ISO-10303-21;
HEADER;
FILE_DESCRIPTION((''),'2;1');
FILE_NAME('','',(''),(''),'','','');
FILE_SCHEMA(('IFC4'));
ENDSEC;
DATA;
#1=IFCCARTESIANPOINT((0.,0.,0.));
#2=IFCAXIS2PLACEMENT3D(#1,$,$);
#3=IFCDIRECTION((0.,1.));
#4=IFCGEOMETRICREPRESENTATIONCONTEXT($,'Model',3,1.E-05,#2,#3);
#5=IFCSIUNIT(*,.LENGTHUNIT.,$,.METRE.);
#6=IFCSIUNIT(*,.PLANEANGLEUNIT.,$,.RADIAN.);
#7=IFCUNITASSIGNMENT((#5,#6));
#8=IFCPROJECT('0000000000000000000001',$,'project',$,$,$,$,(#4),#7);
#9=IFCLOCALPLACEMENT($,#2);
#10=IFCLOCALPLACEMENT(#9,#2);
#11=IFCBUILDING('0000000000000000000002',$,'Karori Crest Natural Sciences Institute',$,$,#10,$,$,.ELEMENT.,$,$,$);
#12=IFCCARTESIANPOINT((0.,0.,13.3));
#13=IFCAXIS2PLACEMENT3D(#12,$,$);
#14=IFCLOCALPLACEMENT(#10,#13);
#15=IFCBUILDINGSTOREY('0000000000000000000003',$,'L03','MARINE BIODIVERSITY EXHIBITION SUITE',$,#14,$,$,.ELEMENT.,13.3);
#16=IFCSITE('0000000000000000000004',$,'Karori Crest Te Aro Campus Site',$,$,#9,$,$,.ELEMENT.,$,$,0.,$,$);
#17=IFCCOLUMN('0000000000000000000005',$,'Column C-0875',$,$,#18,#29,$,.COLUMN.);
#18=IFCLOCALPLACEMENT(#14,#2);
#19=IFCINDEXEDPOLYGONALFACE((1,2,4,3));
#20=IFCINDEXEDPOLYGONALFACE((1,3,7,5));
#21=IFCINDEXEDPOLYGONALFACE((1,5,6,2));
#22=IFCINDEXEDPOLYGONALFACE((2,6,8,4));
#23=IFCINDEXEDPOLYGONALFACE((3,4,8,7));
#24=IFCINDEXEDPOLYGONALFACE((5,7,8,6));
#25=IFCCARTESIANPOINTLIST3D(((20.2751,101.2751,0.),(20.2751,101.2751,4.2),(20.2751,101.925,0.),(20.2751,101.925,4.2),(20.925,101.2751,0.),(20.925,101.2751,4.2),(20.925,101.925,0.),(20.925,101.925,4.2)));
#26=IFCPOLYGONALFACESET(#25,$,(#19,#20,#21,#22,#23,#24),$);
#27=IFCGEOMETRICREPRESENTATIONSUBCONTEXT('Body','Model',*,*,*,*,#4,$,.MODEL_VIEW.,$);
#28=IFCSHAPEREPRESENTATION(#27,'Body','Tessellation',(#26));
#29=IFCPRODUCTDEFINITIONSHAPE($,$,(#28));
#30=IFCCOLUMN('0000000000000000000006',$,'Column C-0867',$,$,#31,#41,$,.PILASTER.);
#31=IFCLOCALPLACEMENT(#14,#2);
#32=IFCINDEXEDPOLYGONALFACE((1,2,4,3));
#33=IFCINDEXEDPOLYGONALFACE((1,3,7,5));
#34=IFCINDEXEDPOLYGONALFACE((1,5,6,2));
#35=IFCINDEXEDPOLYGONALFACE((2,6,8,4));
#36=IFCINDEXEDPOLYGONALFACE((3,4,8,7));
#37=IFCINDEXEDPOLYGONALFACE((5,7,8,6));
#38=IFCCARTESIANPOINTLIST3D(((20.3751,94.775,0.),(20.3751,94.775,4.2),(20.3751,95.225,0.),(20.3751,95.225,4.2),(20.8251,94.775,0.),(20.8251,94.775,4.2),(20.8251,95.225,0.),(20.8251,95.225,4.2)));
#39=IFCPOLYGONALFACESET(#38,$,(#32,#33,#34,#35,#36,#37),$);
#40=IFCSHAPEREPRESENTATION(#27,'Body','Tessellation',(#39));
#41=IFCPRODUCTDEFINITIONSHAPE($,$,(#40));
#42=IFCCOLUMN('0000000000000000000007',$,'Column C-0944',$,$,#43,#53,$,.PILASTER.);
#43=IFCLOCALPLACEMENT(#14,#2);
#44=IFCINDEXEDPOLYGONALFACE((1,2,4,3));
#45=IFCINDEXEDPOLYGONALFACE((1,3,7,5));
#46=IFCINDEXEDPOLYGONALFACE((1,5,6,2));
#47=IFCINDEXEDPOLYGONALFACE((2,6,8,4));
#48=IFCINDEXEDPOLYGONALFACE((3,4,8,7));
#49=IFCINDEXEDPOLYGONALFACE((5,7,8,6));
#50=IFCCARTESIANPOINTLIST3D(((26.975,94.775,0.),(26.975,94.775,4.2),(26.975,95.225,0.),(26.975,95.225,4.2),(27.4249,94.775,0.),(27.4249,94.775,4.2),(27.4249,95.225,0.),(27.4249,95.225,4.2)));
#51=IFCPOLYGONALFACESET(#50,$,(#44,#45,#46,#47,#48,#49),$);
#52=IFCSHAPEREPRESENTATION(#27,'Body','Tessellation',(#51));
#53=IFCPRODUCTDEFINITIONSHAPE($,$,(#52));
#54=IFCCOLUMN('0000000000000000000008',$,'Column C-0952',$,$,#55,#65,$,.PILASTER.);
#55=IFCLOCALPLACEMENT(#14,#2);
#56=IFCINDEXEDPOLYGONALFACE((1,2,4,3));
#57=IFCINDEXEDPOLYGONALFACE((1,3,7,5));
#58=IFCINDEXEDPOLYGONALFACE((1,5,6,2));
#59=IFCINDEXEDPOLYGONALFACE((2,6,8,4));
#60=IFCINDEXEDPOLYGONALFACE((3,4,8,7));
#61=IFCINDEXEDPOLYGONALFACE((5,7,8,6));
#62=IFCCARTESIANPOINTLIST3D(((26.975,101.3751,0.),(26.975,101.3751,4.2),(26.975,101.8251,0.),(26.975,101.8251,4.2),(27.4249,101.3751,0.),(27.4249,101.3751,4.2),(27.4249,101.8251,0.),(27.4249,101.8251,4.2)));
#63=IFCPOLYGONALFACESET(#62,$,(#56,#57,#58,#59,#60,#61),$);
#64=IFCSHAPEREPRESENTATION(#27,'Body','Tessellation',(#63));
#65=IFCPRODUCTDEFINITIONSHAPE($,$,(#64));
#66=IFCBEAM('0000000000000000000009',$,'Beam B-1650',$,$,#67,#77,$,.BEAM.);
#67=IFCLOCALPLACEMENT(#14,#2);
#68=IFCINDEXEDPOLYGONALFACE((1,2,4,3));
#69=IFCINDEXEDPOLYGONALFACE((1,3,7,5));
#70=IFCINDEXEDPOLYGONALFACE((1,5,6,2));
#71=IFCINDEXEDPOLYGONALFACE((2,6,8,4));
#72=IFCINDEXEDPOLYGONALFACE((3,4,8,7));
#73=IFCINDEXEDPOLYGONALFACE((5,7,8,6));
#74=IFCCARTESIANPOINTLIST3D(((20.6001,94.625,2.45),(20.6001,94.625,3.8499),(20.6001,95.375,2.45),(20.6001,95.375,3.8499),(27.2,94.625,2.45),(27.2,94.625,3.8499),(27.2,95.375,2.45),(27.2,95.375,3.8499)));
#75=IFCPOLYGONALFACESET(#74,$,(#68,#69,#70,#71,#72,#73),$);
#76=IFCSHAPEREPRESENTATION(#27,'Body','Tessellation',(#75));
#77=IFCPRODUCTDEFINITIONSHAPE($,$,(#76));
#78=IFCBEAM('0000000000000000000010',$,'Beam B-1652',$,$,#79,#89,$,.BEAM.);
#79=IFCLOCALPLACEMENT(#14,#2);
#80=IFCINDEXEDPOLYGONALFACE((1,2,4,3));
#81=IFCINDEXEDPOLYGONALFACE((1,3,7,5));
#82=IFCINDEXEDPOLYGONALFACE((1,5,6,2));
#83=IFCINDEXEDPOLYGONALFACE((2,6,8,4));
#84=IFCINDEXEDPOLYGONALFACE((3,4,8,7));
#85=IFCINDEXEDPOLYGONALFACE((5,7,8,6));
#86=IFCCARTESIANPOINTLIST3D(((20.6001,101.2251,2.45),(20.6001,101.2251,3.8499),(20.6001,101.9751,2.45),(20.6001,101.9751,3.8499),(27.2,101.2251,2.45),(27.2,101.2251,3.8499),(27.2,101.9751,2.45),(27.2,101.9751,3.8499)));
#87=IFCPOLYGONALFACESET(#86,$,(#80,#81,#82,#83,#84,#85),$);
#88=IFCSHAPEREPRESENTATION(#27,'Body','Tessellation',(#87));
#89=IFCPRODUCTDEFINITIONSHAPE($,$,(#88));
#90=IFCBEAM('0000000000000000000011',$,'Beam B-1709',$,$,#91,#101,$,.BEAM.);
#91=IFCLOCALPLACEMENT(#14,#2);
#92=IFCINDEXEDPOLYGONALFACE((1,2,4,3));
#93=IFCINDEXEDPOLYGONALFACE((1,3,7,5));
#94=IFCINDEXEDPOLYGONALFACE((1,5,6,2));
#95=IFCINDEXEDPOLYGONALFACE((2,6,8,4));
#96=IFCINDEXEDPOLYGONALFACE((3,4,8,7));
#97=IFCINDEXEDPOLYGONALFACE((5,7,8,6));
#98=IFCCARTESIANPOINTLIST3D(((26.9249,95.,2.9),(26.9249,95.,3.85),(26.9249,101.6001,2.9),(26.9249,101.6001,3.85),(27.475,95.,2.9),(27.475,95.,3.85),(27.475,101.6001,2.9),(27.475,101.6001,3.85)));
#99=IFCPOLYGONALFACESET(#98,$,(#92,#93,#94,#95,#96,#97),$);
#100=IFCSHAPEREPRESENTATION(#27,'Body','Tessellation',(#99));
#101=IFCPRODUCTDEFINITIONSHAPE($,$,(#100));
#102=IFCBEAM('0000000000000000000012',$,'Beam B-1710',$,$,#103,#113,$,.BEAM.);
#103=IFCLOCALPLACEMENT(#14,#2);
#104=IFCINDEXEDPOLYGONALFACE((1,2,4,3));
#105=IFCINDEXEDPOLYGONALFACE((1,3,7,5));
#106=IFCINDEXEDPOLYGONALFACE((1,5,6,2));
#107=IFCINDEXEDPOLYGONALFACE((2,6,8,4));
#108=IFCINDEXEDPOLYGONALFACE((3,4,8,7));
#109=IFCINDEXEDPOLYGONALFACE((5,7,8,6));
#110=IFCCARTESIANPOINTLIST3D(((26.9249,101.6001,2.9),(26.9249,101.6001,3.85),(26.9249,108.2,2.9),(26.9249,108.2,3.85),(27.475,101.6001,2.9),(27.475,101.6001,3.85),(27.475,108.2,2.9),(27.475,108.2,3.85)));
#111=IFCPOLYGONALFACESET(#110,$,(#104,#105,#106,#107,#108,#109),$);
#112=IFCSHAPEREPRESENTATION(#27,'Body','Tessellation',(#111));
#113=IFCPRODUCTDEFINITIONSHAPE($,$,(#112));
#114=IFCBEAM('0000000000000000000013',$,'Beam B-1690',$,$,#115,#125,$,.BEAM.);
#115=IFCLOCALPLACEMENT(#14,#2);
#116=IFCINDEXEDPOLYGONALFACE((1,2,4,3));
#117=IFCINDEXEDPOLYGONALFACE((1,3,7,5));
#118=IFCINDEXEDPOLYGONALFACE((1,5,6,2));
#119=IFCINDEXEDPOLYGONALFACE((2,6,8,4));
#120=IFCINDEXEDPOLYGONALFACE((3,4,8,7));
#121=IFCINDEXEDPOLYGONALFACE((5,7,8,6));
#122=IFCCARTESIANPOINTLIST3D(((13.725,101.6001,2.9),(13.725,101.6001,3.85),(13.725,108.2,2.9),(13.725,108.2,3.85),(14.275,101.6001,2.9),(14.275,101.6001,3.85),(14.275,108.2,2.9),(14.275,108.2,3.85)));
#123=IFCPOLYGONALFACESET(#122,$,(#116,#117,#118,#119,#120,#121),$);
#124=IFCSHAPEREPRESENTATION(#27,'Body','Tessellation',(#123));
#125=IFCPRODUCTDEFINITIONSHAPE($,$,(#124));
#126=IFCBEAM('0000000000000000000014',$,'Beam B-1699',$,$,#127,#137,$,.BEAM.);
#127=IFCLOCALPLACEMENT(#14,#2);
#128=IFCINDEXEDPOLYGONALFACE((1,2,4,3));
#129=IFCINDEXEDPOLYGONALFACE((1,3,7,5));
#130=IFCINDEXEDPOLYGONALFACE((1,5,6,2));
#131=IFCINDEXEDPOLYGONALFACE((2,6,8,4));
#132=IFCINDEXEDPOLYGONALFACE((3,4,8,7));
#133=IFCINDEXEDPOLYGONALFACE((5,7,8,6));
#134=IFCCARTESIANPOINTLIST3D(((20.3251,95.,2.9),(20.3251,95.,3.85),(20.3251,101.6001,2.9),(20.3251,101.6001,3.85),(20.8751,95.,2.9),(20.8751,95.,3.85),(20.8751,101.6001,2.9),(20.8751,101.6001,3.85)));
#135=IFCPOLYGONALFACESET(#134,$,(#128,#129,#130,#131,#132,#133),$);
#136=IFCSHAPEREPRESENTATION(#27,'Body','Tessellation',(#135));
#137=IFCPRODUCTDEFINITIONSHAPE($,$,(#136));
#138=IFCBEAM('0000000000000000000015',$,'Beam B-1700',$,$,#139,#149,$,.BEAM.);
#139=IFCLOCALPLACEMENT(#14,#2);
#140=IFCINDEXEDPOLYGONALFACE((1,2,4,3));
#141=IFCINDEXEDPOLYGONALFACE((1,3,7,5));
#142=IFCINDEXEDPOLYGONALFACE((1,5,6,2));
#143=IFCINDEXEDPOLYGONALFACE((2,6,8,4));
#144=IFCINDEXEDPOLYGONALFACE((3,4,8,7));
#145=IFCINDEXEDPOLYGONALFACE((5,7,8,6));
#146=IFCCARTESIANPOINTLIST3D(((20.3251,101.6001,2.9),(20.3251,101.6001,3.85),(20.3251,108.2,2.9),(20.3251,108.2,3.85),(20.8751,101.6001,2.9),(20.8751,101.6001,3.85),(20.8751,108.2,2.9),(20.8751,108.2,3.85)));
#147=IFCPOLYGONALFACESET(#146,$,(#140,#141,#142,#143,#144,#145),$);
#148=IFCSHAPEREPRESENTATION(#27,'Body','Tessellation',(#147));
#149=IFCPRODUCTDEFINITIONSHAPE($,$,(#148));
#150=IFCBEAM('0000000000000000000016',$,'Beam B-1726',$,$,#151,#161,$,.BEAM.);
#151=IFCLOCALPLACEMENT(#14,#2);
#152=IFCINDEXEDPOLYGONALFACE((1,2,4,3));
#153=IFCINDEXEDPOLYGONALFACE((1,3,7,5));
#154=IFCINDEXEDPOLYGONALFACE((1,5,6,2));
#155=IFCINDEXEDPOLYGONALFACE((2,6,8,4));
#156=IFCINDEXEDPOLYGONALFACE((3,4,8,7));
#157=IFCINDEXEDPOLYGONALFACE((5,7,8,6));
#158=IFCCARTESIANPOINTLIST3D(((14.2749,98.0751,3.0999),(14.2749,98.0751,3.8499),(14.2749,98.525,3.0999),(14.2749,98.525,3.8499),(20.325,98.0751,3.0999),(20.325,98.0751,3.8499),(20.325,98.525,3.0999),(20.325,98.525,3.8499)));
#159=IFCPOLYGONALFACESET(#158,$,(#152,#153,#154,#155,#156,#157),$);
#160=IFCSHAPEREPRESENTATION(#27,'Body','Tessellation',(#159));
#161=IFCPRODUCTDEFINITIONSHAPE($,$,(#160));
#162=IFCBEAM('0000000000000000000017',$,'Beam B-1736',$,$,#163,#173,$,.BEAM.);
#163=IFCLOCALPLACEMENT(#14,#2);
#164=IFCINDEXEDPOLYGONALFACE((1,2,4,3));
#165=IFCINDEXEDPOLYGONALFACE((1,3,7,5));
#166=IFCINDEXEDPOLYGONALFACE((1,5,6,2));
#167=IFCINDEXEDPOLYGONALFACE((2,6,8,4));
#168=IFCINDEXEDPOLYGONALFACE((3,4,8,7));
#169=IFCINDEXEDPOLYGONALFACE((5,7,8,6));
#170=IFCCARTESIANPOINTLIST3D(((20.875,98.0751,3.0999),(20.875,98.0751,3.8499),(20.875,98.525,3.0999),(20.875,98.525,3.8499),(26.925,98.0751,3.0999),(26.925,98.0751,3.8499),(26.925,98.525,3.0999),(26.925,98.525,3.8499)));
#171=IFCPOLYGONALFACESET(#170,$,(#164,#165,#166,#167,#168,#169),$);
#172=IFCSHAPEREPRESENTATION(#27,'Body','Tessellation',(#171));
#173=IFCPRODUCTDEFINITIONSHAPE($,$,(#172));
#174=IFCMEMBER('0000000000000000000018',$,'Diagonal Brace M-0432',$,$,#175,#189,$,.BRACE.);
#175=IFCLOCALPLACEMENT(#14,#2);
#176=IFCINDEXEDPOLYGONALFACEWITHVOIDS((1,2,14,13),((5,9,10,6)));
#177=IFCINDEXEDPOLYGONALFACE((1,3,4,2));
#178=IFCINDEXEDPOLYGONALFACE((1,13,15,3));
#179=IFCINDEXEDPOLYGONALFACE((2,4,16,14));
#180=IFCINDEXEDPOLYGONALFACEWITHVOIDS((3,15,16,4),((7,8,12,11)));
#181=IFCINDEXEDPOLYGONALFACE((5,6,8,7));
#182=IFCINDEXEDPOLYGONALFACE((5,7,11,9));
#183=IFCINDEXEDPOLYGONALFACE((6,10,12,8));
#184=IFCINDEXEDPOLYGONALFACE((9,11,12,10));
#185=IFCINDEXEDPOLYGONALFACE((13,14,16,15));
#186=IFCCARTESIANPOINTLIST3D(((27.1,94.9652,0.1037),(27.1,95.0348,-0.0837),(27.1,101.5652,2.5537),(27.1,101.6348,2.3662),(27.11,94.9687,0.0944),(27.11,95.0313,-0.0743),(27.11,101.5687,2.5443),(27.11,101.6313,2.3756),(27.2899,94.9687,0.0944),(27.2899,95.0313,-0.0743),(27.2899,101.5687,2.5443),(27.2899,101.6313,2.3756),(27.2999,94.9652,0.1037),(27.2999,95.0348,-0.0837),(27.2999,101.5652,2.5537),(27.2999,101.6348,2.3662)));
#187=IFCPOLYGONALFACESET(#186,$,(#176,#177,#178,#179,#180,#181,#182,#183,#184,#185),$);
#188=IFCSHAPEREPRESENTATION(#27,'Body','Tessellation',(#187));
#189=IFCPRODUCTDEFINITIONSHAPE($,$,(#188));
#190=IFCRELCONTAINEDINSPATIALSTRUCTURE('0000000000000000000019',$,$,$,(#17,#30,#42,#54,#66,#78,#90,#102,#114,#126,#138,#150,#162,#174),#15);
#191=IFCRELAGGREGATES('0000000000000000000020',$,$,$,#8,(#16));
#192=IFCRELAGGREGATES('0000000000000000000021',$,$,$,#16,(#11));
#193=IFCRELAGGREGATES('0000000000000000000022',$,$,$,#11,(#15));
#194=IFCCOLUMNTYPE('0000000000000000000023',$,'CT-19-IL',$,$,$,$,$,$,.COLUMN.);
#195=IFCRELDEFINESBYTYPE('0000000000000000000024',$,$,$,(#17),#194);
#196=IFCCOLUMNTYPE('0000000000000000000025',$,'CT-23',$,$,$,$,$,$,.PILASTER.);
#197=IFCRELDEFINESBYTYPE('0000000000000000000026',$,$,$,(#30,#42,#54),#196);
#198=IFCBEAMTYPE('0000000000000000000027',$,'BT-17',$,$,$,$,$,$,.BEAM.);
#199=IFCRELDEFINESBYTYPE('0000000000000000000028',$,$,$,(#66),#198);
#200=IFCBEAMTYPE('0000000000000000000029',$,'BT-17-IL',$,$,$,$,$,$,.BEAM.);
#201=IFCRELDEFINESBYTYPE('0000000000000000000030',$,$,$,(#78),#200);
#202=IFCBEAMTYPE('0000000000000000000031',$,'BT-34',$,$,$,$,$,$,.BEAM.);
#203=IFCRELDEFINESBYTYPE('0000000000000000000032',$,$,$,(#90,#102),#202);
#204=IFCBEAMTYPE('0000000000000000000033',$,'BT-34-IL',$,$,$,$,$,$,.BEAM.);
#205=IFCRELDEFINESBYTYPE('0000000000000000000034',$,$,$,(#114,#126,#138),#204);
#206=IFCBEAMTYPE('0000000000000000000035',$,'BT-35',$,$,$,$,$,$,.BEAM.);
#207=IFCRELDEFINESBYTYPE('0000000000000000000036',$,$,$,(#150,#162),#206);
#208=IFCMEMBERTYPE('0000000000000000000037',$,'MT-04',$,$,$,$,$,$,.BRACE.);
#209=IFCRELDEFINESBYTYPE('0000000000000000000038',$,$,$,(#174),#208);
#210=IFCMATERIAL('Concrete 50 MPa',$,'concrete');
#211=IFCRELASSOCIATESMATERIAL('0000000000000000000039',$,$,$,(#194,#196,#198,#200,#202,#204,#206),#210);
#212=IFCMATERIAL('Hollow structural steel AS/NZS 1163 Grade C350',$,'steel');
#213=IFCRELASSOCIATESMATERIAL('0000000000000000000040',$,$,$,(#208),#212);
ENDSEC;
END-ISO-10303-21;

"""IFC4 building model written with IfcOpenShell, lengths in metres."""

from ifc_helpers import new_model, si_unit, direction, frame, origin, origin_2d, place, context, subcontext, project, spatial, rectangle, hollow_rectangle, extrude, material, material_profile, profile_set, type_object, element, save


model = new_model("IFC4")

# Units and contexts
model_context = context("Model", 3, precision=1e-05, world=origin(), true_north=direction((0.0, 1.0)))
body_context = subcontext(model_context, "Body", "Model", "MODEL_VIEW")
ifc_project = project(units=[si_unit("LENGTHUNIT", "METRE"), si_unit("PLANEANGLEUNIT", "RADIAN")], contexts=[model_context])

# Site, building, storey
site_placement = place(None, origin())
site = spatial("IfcSite", under=ifc_project, at=site_placement, Name="Karori Crest Te Aro Campus Site", CompositionType="ELEMENT", RefElevation=0.0)
building_placement = place(site_placement, origin())
building = spatial("IfcBuilding", under=site, at=building_placement, Name="Karori Crest Natural Sciences Institute", CompositionType="ELEMENT")
storey_placement = place(building_placement, frame((0.0, 0.0, 13.3)))
storey = spatial("IfcBuildingStorey", under=building, at=storey_placement, Name="L03", Description="MARINE BIODIVERSITY EXHIBITION SUITE", CompositionType="ELEMENT", Elevation=13.3)

# Columns
ifc_material_1 = material(Name="Concrete 50 MPa", Category="concrete")
ifc_material_profile_1 = material_profile(ifc_material_1, rectangle(XDim=0.6499, YDim=0.6499, at=origin_2d()), Name="RC650x650")
ifc_profile_set_1 = profile_set([ifc_material_profile_1], Name="Concrete 50 MPa")
column_type_1 = type_object("IfcColumnType", Name="CT-19-IL", PredefinedType="COLUMN", material=ifc_profile_set_1)
column_placement = place(storey_placement, frame((20.6001, 101.6001, 0.0), z_axis=(0.0, 0.0, 1.0), x_axis=(1.0, 0.0, 0.0)))
element("IfcColumn", 1, at=column_placement, inside=storey, type_object=column_type_1, Name="Column C-0875", PredefinedType="COLUMN", context=body_context, shape_type="SweptSolid", body=[
    extrude(rectangle(XDim=0.6499, YDim=0.6499, at=origin_2d()), origin(), (0.0, 0.0, 1.0), 4.2),
])
ifc_material_profile_2 = material_profile(ifc_material_1, rectangle(XDim=0.45, YDim=0.45, at=origin_2d()), Name="RC450x450")
ifc_profile_set_2 = profile_set([ifc_material_profile_2], Name="Concrete 50 MPa")
column_type_2 = type_object("IfcColumnType", Name="CT-23", PredefinedType="PILASTER", material=ifc_profile_set_2)
for number, where, z_axis, x_axis, name in (
    (2, (20.6001, 95.0, 0.0), (0.0, 0.0, 1.0), (1.0, 0.0, 0.0), "Column C-0867"),
    (3, (27.2, 95.0, 0.0), (0.0, 0.0, 1.0), (1.0, 0.0, 0.0), "Column C-0944"),
    (4, (27.2, 101.6001, 0.0), (0.0, 0.0, 1.0), (1.0, 0.0, 0.0), "Column C-0952"),
):
    element("IfcColumn", number, at=place(storey_placement, frame(where, z_axis=z_axis, x_axis=x_axis)), inside=storey, type_object=column_type_2, Name=name, PredefinedType="PILASTER", context=body_context, shape_type="SweptSolid", body=[
        extrude(rectangle(XDim=0.45, YDim=0.45, at=origin_2d()), origin(), (0.0, 0.0, 1.0), 4.2),
    ])

# Beams
ifc_material_profile_3 = material_profile(ifc_material_1, rectangle(XDim=0.75, YDim=1.3999, at=origin_2d()), Name="RCB750x1400")
ifc_profile_set_3 = profile_set([ifc_material_profile_3], Name="Concrete 50 MPa")
beam_type_1 = type_object("IfcBeamType", Name="BT-17", PredefinedType="BEAM", material=ifc_profile_set_3)
beam_1_placement = place(storey_placement, frame((20.6001, 95.0, 3.1499), z_axis=(1.0, 0.0, 0.0), x_axis=(0.0, 1.0, 0.0)))
element("IfcBeam", 5, at=beam_1_placement, inside=storey, type_object=beam_type_1, Name="Beam B-1650", PredefinedType="BEAM", context=body_context, shape_type="SweptSolid", body=[
    extrude(rectangle(XDim=0.75, YDim=1.3999, at=origin_2d()), origin(), (0.0, 0.0, 1.0), 6.5999),
])
ifc_material_profile_4 = material_profile(ifc_material_1, rectangle(XDim=0.75, YDim=1.3999, at=origin_2d()), Name="RCB750x1400")
ifc_profile_set_4 = profile_set([ifc_material_profile_4], Name="Concrete 50 MPa")
beam_type_2 = type_object("IfcBeamType", Name="BT-17-IL", PredefinedType="BEAM", material=ifc_profile_set_4)
beam_2_placement = place(storey_placement, frame((20.6001, 101.6001, 3.1499), z_axis=(1.0, 0.0, 0.0), x_axis=(0.0, 1.0, 0.0)))
element("IfcBeam", 6, at=beam_2_placement, inside=storey, type_object=beam_type_2, Name="Beam B-1652", PredefinedType="BEAM", context=body_context, shape_type="SweptSolid", body=[
    extrude(rectangle(XDim=0.75, YDim=1.3999, at=origin_2d()), origin(), (0.0, 0.0, 1.0), 6.5999),
])
ifc_material_profile_5 = material_profile(ifc_material_1, rectangle(XDim=0.55, YDim=0.95, at=origin_2d()), Name="RCB550x950")
ifc_profile_set_5 = profile_set([ifc_material_profile_5], Name="Concrete 50 MPa")
beam_type_3 = type_object("IfcBeamType", Name="BT-34", PredefinedType="BEAM", material=ifc_profile_set_5)
beam_3_placement = place(storey_placement, frame((27.2, 95.0, 3.375), z_axis=(0.0, 1.0, 0.0), x_axis=(-1.0, 0.0, 0.0)))
element("IfcBeam", 7, at=beam_3_placement, inside=storey, type_object=beam_type_3, Name="Beam B-1709", PredefinedType="BEAM", context=body_context, shape_type="SweptSolid", body=[
    extrude(rectangle(XDim=0.55, YDim=0.95, at=origin_2d()), origin(), (0.0, 0.0, 1.0), 6.6001),
])
beam_4_placement = place(storey_placement, frame((27.2, 101.6001, 3.375), z_axis=(0.0, 1.0, 0.0), x_axis=(-1.0, 0.0, 0.0)))
element("IfcBeam", 8, at=beam_4_placement, inside=storey, type_object=beam_type_3, Name="Beam B-1710", PredefinedType="BEAM", context=body_context, shape_type="SweptSolid", body=[
    extrude(rectangle(XDim=0.55, YDim=0.95, at=origin_2d()), origin(), (0.0, 0.0, 1.0), 6.5999),
])
ifc_material_profile_6 = material_profile(ifc_material_1, rectangle(XDim=0.55, YDim=0.95, at=origin_2d()), Name="RCB550x950")
ifc_profile_set_6 = profile_set([ifc_material_profile_6], Name="Concrete 50 MPa")
beam_type_4 = type_object("IfcBeamType", Name="BT-34-IL", PredefinedType="BEAM", material=ifc_profile_set_6)
beam_5_placement = place(storey_placement, frame((14.0, 101.6001, 3.375), z_axis=(0.0, 1.0, 0.0), x_axis=(-1.0, 0.0, 0.0)))
element("IfcBeam", 9, at=beam_5_placement, inside=storey, type_object=beam_type_4, Name="Beam B-1690", PredefinedType="BEAM", context=body_context, shape_type="SweptSolid", body=[
    extrude(rectangle(XDim=0.55, YDim=0.95, at=origin_2d()), origin(), (0.0, 0.0, 1.0), 6.5999),
])
beam_6_placement = place(storey_placement, frame((20.6001, 95.0, 3.375), z_axis=(0.0, 1.0, 0.0), x_axis=(-1.0, 0.0, 0.0)))
element("IfcBeam", 10, at=beam_6_placement, inside=storey, type_object=beam_type_4, Name="Beam B-1699", PredefinedType="BEAM", context=body_context, shape_type="SweptSolid", body=[
    extrude(rectangle(XDim=0.55, YDim=0.95, at=origin_2d()), origin(), (0.0, 0.0, 1.0), 6.6001),
])
beam_7_placement = place(storey_placement, frame((20.6001, 101.6001, 3.375), z_axis=(0.0, 1.0, 0.0), x_axis=(-1.0, 0.0, 0.0)))
element("IfcBeam", 11, at=beam_7_placement, inside=storey, type_object=beam_type_4, Name="Beam B-1700", PredefinedType="BEAM", context=body_context, shape_type="SweptSolid", body=[
    extrude(rectangle(XDim=0.55, YDim=0.95, at=origin_2d()), origin(), (0.0, 0.0, 1.0), 6.5999),
])
ifc_material_profile_7 = material_profile(ifc_material_1, rectangle(XDim=0.45, YDim=0.75, at=origin_2d()), Name="RCB450x750")
ifc_profile_set_7 = profile_set([ifc_material_profile_7], Name="Concrete 50 MPa")
beam_type_5 = type_object("IfcBeamType", Name="BT-35", PredefinedType="BEAM", material=ifc_profile_set_7)
for number, where, z_axis, x_axis, name in (
    (12, (14.2749, 98.3, 3.4749), (1.0, 0.0, 0.0), (0.0, 1.0, 0.0), "Beam B-1726"),
    (13, (20.875, 98.3, 3.4749), (1.0, 0.0, 0.0), (0.0, 1.0, 0.0), "Beam B-1736"),
):
    element("IfcBeam", number, at=place(storey_placement, frame(where, z_axis=z_axis, x_axis=x_axis)), inside=storey, type_object=beam_type_5, Name=name, PredefinedType="BEAM", context=body_context, shape_type="SweptSolid", body=[
        extrude(rectangle(XDim=0.45, YDim=0.75, at=origin_2d()), origin(), (0.0, 0.0, 1.0), 6.05),
    ])

# Member
ifc_material_2 = material(Name="Hollow structural steel AS/NZS 1163 Grade C350", Category="steel")
ifc_material_profile_8 = material_profile(ifc_material_2, hollow_rectangle(XDim=0.2, YDim=0.2, WallThickness=0.01, at=origin_2d()), Name="SHS200x200x10")
ifc_profile_set_8 = profile_set([ifc_material_profile_8], Name="Hollow structural steel AS/NZS 1163 Grade C350")
member_type = type_object("IfcMemberType", Name="MT-04", PredefinedType="BRACE", material=ifc_profile_set_8)
member_placement = place(storey_placement, frame((27.2, 95.0, 0.01), z_axis=(0.0, 0.937495, 0.347998), x_axis=(-1.0, 0.0, 0.0)))
element("IfcMember", 14, at=member_placement, inside=storey, type_object=member_type, Name="Diagonal Brace M-0432", PredefinedType="BRACE", context=body_context, shape_type="SweptSolid", body=[
    extrude(hollow_rectangle(XDim=0.2, YDim=0.2, WallThickness=0.01, at=origin_2d()), origin(), (0.0, 0.0, 1.0), 7.04),
])

save(model, "model.ifc")
